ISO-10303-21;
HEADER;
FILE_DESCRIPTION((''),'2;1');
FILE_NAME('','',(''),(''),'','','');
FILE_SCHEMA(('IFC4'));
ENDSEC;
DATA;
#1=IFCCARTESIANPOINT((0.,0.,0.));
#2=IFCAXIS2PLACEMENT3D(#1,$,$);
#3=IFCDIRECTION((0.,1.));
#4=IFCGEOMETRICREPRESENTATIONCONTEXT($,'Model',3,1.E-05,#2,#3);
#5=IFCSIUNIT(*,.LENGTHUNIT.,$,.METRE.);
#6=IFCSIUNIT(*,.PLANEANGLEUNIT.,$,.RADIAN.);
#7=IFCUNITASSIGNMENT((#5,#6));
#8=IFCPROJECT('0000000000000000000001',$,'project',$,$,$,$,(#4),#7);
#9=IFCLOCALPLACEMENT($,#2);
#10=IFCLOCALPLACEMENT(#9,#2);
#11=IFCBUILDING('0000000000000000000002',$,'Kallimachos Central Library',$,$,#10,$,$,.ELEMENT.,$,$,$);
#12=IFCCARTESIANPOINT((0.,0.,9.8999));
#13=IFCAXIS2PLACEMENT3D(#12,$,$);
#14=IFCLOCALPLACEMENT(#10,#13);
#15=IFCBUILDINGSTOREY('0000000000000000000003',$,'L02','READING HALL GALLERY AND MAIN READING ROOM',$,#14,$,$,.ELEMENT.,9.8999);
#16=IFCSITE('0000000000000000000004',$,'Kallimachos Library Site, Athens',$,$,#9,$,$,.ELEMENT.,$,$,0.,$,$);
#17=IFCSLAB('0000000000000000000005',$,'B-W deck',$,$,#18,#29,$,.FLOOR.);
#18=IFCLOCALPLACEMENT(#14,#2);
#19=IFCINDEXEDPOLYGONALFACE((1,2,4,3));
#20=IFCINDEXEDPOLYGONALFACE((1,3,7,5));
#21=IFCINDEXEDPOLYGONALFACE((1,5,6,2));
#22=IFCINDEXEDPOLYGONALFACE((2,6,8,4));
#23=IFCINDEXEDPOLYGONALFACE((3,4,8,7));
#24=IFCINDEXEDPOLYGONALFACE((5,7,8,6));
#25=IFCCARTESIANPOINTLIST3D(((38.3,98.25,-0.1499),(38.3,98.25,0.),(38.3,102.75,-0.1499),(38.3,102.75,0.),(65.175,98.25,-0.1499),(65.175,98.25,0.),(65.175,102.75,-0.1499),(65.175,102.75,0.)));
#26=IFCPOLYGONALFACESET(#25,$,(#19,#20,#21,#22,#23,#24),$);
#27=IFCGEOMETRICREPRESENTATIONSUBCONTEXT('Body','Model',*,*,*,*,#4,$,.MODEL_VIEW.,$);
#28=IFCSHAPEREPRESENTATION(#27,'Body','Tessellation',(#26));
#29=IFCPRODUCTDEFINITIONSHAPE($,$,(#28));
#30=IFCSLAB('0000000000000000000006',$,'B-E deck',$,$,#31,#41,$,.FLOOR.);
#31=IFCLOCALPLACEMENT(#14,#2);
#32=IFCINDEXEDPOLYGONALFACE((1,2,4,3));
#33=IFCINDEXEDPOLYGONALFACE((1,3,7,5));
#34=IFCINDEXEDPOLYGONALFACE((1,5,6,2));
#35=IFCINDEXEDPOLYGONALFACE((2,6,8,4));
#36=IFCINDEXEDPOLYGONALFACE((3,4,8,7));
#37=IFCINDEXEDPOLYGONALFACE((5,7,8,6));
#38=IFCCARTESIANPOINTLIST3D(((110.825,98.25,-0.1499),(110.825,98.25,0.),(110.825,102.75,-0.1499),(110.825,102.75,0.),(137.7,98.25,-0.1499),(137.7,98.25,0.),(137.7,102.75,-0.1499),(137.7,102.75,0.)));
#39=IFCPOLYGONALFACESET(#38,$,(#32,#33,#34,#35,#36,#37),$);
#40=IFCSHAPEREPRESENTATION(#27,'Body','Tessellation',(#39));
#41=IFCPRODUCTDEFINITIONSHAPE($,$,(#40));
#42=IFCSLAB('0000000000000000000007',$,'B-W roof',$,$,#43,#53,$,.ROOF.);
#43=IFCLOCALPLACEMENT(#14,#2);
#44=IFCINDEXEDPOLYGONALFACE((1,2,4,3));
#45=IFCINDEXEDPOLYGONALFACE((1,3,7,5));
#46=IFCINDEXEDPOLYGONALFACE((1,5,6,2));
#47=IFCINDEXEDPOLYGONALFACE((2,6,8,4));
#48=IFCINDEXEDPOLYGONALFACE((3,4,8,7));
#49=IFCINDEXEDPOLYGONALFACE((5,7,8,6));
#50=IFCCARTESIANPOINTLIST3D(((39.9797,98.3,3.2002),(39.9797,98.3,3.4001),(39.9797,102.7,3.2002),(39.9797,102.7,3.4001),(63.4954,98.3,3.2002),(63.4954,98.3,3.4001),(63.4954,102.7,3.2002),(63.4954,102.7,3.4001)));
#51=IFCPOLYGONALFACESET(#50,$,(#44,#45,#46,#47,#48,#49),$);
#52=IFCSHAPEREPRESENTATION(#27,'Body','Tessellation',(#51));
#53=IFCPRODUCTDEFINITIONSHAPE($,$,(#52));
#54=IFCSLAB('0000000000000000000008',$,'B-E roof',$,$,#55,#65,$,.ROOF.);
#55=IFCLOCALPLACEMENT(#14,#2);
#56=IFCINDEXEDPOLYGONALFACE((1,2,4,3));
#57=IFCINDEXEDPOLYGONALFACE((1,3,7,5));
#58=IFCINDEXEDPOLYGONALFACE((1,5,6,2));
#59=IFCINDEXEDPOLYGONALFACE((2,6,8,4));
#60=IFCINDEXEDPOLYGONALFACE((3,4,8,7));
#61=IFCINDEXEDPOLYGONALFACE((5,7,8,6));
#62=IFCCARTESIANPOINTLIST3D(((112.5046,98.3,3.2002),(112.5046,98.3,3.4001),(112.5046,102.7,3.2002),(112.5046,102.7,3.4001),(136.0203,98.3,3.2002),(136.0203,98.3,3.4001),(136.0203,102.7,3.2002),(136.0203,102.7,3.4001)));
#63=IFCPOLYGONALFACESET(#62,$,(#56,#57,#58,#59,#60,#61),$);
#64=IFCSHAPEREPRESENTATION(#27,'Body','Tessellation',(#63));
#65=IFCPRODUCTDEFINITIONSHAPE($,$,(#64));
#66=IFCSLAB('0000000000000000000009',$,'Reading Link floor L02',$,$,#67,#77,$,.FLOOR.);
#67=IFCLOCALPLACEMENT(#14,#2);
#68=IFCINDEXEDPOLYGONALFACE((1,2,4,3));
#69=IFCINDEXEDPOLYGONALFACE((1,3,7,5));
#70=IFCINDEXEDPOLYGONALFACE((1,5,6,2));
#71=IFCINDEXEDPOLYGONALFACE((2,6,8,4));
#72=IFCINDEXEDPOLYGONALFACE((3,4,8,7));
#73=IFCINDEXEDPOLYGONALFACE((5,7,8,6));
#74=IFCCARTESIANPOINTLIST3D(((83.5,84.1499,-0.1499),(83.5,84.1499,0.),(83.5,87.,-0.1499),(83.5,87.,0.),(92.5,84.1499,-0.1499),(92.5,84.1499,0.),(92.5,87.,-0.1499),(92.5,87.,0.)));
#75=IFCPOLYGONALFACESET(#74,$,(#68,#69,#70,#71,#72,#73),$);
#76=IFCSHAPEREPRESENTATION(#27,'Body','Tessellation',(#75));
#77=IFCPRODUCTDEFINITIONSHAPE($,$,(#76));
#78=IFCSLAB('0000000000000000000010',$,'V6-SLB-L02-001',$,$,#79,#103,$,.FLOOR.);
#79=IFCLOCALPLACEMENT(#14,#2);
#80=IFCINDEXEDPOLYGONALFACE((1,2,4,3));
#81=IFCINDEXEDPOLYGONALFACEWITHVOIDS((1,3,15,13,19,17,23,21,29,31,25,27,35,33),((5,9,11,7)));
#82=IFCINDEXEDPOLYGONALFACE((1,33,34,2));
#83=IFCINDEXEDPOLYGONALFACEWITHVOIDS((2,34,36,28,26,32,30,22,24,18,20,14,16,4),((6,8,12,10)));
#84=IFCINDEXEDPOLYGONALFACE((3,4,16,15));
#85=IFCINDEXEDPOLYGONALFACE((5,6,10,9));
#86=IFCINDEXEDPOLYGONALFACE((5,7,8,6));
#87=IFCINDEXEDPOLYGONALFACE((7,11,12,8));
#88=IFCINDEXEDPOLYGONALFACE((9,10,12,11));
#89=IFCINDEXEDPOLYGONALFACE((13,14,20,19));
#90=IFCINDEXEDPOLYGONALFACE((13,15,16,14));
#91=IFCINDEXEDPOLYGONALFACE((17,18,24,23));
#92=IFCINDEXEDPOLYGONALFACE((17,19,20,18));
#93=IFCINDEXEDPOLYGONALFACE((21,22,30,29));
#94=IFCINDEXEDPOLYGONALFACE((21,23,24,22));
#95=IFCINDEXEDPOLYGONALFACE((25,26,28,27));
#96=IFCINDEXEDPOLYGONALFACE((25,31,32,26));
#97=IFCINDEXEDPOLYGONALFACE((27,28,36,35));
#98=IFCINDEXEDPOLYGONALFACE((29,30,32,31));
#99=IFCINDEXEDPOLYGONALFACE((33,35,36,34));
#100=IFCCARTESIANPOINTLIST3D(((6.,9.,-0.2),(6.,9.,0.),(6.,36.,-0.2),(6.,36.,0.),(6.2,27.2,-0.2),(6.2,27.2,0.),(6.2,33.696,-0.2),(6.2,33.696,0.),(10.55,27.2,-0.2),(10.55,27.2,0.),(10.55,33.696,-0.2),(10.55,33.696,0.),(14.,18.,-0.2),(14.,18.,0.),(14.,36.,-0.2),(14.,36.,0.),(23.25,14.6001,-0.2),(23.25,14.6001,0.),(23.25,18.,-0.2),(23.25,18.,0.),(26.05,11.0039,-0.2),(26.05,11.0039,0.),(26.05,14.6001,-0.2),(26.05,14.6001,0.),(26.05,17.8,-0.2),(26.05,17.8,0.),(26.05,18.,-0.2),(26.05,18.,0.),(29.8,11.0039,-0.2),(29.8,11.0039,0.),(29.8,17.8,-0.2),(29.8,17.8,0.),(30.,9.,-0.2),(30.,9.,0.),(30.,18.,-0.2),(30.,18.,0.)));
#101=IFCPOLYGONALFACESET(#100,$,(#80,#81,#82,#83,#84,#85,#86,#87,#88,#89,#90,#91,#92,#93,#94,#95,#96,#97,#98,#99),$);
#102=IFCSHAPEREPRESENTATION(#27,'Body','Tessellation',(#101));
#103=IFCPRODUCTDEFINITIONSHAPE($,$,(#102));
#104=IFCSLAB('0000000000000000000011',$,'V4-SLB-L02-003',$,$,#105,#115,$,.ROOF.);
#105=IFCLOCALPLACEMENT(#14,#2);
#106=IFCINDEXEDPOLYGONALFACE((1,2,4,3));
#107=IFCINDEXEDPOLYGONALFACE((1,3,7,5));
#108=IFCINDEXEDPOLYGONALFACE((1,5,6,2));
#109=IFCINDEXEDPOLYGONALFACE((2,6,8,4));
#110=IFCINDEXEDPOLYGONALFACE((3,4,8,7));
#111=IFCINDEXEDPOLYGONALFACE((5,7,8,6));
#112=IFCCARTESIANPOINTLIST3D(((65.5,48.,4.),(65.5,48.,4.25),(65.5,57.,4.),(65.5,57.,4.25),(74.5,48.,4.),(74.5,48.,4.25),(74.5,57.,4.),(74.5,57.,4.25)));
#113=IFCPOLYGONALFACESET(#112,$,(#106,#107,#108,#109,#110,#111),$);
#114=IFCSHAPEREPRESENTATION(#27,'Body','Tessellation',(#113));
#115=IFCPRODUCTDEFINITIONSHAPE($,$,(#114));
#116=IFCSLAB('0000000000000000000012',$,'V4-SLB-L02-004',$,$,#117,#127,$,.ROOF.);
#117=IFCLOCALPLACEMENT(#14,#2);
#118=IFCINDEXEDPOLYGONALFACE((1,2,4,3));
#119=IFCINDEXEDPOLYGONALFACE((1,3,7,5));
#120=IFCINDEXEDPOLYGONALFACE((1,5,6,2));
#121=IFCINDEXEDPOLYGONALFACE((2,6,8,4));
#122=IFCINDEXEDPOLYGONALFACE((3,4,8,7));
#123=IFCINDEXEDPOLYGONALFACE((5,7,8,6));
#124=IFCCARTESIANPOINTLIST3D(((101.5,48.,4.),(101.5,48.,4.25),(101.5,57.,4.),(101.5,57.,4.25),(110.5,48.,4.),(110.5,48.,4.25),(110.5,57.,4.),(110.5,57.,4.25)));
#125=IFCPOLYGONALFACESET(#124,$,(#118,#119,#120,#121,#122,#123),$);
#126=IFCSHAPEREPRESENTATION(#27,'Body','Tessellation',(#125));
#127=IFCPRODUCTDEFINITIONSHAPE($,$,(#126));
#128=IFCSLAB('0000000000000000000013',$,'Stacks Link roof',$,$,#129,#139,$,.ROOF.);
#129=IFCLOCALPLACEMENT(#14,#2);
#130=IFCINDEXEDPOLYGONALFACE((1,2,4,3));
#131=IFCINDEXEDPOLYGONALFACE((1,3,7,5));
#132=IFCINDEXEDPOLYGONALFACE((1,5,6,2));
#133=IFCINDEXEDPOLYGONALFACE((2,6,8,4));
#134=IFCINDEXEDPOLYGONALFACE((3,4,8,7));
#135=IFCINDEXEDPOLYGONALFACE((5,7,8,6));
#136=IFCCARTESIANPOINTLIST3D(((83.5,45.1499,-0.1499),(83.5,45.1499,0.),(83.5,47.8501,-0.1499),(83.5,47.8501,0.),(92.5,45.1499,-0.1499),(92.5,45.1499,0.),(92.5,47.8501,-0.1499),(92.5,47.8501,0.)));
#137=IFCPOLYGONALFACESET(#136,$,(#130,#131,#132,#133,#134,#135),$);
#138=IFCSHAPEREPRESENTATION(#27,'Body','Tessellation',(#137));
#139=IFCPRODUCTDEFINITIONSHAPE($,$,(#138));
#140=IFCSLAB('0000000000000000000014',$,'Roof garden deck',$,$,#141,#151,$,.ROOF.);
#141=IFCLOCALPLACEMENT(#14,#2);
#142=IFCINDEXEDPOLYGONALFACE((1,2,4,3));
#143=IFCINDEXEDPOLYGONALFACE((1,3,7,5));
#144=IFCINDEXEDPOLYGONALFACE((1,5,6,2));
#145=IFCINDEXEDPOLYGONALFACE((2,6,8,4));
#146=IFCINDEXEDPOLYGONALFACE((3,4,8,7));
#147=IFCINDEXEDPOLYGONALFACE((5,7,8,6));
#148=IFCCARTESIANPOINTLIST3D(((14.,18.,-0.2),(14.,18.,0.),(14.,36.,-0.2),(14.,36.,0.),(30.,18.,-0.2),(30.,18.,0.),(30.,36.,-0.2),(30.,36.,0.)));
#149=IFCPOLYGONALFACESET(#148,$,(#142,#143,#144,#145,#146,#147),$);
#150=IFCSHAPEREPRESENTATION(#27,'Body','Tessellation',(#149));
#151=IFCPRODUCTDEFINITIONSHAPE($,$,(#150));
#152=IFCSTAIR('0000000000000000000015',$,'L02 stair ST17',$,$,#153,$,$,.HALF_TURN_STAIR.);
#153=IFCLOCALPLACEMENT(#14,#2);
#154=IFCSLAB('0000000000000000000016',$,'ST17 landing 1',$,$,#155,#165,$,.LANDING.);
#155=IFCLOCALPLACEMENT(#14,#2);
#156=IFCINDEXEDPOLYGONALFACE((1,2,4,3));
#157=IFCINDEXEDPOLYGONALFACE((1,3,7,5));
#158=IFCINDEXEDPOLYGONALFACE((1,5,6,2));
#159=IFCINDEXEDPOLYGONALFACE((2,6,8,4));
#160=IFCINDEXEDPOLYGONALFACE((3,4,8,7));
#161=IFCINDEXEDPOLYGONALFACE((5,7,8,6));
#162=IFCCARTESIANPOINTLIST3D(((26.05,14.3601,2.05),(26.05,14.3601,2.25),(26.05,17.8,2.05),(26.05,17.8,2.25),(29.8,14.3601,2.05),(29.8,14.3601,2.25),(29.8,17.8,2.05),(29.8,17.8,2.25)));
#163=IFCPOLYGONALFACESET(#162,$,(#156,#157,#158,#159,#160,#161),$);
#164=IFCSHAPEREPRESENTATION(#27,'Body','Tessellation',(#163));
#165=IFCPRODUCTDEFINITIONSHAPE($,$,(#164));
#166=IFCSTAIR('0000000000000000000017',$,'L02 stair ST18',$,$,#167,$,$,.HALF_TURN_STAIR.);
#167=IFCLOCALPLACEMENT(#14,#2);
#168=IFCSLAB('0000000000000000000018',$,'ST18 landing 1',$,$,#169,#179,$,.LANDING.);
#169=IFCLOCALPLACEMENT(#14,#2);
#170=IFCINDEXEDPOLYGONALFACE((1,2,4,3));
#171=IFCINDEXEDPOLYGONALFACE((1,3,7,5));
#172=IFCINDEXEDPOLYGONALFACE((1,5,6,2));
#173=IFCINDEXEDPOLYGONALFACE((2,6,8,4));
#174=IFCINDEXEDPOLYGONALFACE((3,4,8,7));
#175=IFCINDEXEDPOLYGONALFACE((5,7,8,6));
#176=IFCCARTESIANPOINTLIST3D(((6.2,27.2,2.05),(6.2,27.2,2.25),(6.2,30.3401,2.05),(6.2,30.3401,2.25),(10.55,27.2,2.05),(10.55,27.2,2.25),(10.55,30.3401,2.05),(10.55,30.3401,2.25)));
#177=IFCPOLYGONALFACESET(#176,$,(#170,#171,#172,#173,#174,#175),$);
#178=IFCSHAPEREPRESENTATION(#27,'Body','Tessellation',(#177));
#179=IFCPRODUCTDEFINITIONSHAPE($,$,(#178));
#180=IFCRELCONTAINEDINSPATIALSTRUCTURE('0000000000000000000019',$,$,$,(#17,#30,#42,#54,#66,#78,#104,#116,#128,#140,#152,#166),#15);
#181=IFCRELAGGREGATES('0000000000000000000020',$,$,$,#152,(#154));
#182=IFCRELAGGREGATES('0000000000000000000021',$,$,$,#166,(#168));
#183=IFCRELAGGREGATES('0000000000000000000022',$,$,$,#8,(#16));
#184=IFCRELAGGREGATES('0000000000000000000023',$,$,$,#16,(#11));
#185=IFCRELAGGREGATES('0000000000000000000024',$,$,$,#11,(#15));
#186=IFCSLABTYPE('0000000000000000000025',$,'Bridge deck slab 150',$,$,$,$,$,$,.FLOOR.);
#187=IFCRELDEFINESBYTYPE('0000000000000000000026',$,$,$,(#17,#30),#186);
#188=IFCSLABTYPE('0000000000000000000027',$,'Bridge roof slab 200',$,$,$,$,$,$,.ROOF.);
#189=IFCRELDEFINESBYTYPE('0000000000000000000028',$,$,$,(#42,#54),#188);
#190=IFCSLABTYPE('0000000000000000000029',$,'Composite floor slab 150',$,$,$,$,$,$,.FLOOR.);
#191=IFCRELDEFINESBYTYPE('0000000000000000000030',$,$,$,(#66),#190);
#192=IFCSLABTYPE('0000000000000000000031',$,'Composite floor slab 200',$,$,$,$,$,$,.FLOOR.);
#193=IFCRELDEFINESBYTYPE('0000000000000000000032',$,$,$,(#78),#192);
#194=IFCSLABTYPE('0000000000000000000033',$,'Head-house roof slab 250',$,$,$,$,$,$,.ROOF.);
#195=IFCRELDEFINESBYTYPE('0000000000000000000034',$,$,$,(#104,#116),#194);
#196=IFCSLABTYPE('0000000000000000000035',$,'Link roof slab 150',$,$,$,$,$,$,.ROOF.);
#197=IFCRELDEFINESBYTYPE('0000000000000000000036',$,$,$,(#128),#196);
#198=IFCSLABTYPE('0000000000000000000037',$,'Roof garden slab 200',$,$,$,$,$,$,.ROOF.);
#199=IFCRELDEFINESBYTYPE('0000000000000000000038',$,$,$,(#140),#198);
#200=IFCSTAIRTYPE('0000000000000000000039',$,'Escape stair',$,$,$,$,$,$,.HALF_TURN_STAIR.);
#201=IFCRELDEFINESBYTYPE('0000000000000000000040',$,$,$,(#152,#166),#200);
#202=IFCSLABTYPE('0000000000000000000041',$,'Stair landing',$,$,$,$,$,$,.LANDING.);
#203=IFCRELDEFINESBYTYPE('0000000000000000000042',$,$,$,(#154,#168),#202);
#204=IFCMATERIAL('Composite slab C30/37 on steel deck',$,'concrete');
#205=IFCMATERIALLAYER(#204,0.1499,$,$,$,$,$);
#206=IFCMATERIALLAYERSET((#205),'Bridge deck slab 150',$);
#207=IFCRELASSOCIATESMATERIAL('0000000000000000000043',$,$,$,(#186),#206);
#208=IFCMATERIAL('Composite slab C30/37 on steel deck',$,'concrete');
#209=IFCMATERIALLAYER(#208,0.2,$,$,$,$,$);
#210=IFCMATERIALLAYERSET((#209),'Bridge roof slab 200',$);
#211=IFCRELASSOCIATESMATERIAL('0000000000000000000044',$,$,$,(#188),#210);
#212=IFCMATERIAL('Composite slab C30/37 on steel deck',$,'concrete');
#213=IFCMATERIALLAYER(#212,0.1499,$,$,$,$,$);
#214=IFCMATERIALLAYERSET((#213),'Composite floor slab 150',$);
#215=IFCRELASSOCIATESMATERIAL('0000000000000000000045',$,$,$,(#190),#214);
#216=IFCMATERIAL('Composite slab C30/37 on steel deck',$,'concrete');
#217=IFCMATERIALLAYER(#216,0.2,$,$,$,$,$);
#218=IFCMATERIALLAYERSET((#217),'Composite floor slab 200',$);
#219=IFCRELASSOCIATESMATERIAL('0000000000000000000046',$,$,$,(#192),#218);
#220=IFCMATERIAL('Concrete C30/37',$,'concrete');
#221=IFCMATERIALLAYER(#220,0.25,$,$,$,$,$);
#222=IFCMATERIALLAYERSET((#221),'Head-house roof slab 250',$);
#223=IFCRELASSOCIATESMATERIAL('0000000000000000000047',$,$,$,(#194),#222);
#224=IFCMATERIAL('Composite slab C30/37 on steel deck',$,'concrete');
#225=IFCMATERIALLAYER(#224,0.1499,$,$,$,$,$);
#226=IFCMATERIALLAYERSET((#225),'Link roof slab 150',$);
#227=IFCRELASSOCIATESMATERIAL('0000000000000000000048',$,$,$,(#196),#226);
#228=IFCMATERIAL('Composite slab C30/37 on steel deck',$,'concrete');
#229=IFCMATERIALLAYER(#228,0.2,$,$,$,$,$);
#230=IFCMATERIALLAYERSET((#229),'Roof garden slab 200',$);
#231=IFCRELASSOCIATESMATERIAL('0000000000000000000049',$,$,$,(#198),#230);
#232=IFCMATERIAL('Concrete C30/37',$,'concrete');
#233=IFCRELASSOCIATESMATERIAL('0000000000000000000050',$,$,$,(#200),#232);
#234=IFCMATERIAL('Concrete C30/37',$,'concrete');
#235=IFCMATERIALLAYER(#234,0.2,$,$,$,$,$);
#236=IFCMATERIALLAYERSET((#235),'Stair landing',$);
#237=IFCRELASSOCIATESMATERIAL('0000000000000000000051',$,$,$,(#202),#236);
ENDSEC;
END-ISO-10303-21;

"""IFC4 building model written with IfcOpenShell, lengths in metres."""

from ifc_helpers import new_model, si_unit, direction, frame, origin, place, context, subcontext, project, spatial, polyline, outline, extrude, material, layer, layer_set, type_object, element, aggregate, save


model = new_model("IFC4")

# Units and contexts
model_context = context("Model", 3, precision=1e-05, world=origin(), true_north=direction((0.0, 1.0)))
body_context = subcontext(model_context, "Body", "Model", "MODEL_VIEW")
ifc_project = project(units=[si_unit("LENGTHUNIT", "METRE"), si_unit("PLANEANGLEUNIT", "RADIAN")], contexts=[model_context])

# Site, building, storey
site_placement = place(None, origin())
site = spatial("IfcSite", under=ifc_project, at=site_placement, Name="Kallimachos Library Site, Athens", CompositionType="ELEMENT", RefElevation=0.0)
building_placement = place(site_placement, origin())
building = spatial("IfcBuilding", under=site, at=building_placement, Name="Kallimachos Central Library", CompositionType="ELEMENT")
storey_placement = place(building_placement, frame((0.0, 0.0, 9.8999)))
storey = spatial("IfcBuildingStorey", under=building, at=storey_placement, Name="L02", Description="READING HALL GALLERY AND MAIN READING ROOM", CompositionType="ELEMENT", Elevation=9.8999)

# Slabs
ifc_material_1 = material(Name="Composite slab C30/37 on steel deck", Category="concrete")
ifc_layer_1 = layer(ifc_material_1, 0.1499)
ifc_layer_set_1 = layer_set([ifc_layer_1], Name="Bridge deck slab 150")
slab_type_1 = type_object("IfcSlabType", Name="Bridge deck slab 150", PredefinedType="FLOOR", material=ifc_layer_set_1)
slab_1_placement = place(storey_placement, frame((0.0, 0.0, -0.1499)))
element("IfcSlab", 1, at=slab_1_placement, inside=storey, type_object=slab_type_1, Name="B-W deck", PredefinedType="FLOOR", context=body_context, shape_type="SweptSolid", body=[
    extrude(outline(polyline([(38.3, 98.25), (65.175, 98.25), (65.175, 102.75), (38.3, 102.75), (38.3, 98.25)])), origin(), (0.0, 0.0, 1.0), 0.1499),
])
slab_2_placement = place(storey_placement, frame((0.0, 0.0, -0.1499)))
element("IfcSlab", 2, at=slab_2_placement, inside=storey, type_object=slab_type_1, Name="B-E deck", PredefinedType="FLOOR", context=body_context, shape_type="SweptSolid", body=[
    extrude(outline(polyline([(110.825, 98.25), (137.7, 98.25), (137.7, 102.75), (110.825, 102.75), (110.825, 98.25)])), origin(), (0.0, 0.0, 1.0), 0.1499),
])
ifc_material_2 = material(Name="Composite slab C30/37 on steel deck", Category="concrete")
ifc_layer_2 = layer(ifc_material_2, 0.2)
ifc_layer_set_2 = layer_set([ifc_layer_2], Name="Bridge roof slab 200")
slab_type_2 = type_object("IfcSlabType", Name="Bridge roof slab 200", PredefinedType="ROOF", material=ifc_layer_set_2)
slab_3_placement = place(storey_placement, frame((0.0, 0.0, 3.2002)))
element("IfcSlab", 3, at=slab_3_placement, inside=storey, type_object=slab_type_2, Name="B-W roof", PredefinedType="ROOF", context=body_context, shape_type="SweptSolid", body=[
    extrude(outline(polyline([(39.9797, 98.3), (63.4954, 98.3), (63.4954, 102.7), (39.9797, 102.7), (39.9797, 98.3)])), origin(), (0.0, 0.0, 1.0), 0.2),
])
slab_4_placement = place(storey_placement, frame((0.0, 0.0, 3.2002)))
element("IfcSlab", 4, at=slab_4_placement, inside=storey, type_object=slab_type_2, Name="B-E roof", PredefinedType="ROOF", context=body_context, shape_type="SweptSolid", body=[
    extrude(outline(polyline([(112.5046, 98.3), (136.0203, 98.3), (136.0203, 102.7), (112.5046, 102.7), (112.5046, 98.3)])), origin(), (0.0, 0.0, 1.0), 0.2),
])
ifc_material_3 = material(Name="Composite slab C30/37 on steel deck", Category="concrete")
ifc_layer_3 = layer(ifc_material_3, 0.1499)
ifc_layer_set_3 = layer_set([ifc_layer_3], Name="Composite floor slab 150")
slab_type_3 = type_object("IfcSlabType", Name="Composite floor slab 150", PredefinedType="FLOOR", material=ifc_layer_set_3)
slab_5_placement = place(storey_placement, frame((0.0, 0.0, -0.1499)))
element("IfcSlab", 5, at=slab_5_placement, inside=storey, type_object=slab_type_3, Name="Reading Link floor L02", PredefinedType="FLOOR", context=body_context, shape_type="SweptSolid", body=[
    extrude(outline(polyline([(92.5, 84.1499), (83.5, 84.1499), (83.5, 87.0), (92.5, 87.0), (92.5, 84.1499)])), origin(), (0.0, 0.0, 1.0), 0.1499),
])
ifc_material_4 = material(Name="Composite slab C30/37 on steel deck", Category="concrete")
ifc_layer_4 = layer(ifc_material_4, 0.2)
ifc_layer_set_4 = layer_set([ifc_layer_4], Name="Composite floor slab 200")
slab_type_4 = type_object("IfcSlabType", Name="Composite floor slab 200", PredefinedType="FLOOR", material=ifc_layer_set_4)
slab_6_placement = place(storey_placement, frame((0.0, 0.0, -0.2)))
element("IfcSlab", 6, at=slab_6_placement, inside=storey, type_object=slab_type_4, Name="V6-SLB-L02-001", PredefinedType="FLOOR", context=body_context, shape_type="SweptSolid", body=[
    extrude(outline(polyline([(23.25, 18.0), (23.25, 14.6001), (26.05, 14.6001), (26.05, 11.0039), (29.8, 11.0039), (29.8, 17.8), (26.05, 17.8), (26.05, 18.0), (30.0, 18.0), (30.0, 9.0), (6.0, 9.0), (6.0, 36.0), (14.0, 36.0), (14.0, 18.0), (23.25, 18.0)]), holes=[polyline([(10.55, 33.696), (6.2, 33.696), (6.2, 27.2), (10.55, 27.2), (10.55, 33.696)])]), origin(), (0.0, 0.0, 1.0), 0.2),
])
ifc_material_5 = material(Name="Concrete C30/37", Category="concrete")
ifc_layer_5 = layer(ifc_material_5, 0.25)
ifc_layer_set_5 = layer_set([ifc_layer_5], Name="Head-house roof slab 250")
slab_type_5 = type_object("IfcSlabType", Name="Head-house roof slab 250", PredefinedType="ROOF", material=ifc_layer_set_5)
slab_7_placement = place(storey_placement, frame((0.0, 0.0, 4.0)))
element("IfcSlab", 7, at=slab_7_placement, inside=storey, type_object=slab_type_5, Name="V4-SLB-L02-003", PredefinedType="ROOF", context=body_context, shape_type="SweptSolid", body=[
    extrude(outline(polyline([(65.5, 48.0), (74.5, 48.0), (74.5, 57.0), (65.5, 57.0), (65.5, 48.0)])), origin(), (0.0, 0.0, 1.0), 0.25),
])
slab_8_placement = place(storey_placement, frame((0.0, 0.0, 4.0)))
element("IfcSlab", 8, at=slab_8_placement, inside=storey, type_object=slab_type_5, Name="V4-SLB-L02-004", PredefinedType="ROOF", context=body_context, shape_type="SweptSolid", body=[
    extrude(outline(polyline([(101.5, 48.0), (110.5, 48.0), (110.5, 57.0), (101.5, 57.0), (101.5, 48.0)])), origin(), (0.0, 0.0, 1.0), 0.25),
])
ifc_material_6 = material(Name="Composite slab C30/37 on steel deck", Category="concrete")
ifc_layer_6 = layer(ifc_material_6, 0.1499)
ifc_layer_set_6 = layer_set([ifc_layer_6], Name="Link roof slab 150")
slab_type_6 = type_object("IfcSlabType", Name="Link roof slab 150", PredefinedType="ROOF", material=ifc_layer_set_6)
slab_9_placement = place(storey_placement, frame((0.0, 0.0, -0.1499)))
element("IfcSlab", 9, at=slab_9_placement, inside=storey, type_object=slab_type_6, Name="Stacks Link roof", PredefinedType="ROOF", context=body_context, shape_type="SweptSolid", body=[
    extrude(outline(polyline([(83.5, 45.1499), (92.5, 45.1499), (92.5, 47.8501), (83.5, 47.8501), (83.5, 45.1499)])), origin(), (0.0, 0.0, 1.0), 0.1499),
])
ifc_material_7 = material(Name="Composite slab C30/37 on steel deck", Category="concrete")
ifc_layer_7 = layer(ifc_material_7, 0.2)
ifc_layer_set_7 = layer_set([ifc_layer_7], Name="Roof garden slab 200")
slab_type_7 = type_object("IfcSlabType", Name="Roof garden slab 200", PredefinedType="ROOF", material=ifc_layer_set_7)
slab_10_placement = place(storey_placement, frame((0.0, 0.0, -0.2)))
element("IfcSlab", 10, at=slab_10_placement, inside=storey, type_object=slab_type_7, Name="Roof garden deck", PredefinedType="ROOF", context=body_context, shape_type="SweptSolid", body=[
    extrude(outline(polyline([(14.0, 18.0), (30.0, 18.0), (30.0, 36.0), (14.0, 36.0), (14.0, 18.0)])), origin(), (0.0, 0.0, 1.0), 0.2),
])

# Stairs, slabs
ifc_material_8 = material(Name="Concrete C30/37", Category="concrete")
stair_type = type_object("IfcStairType", Name="Escape stair", PredefinedType="HALF_TURN_STAIR", material=ifc_material_8)
stair_1_placement = place(storey_placement, origin())
stair_1 = element("IfcStair", 11, at=stair_1_placement, inside=storey, type_object=stair_type, Name="L02 stair ST17", PredefinedType="HALF_TURN_STAIR")
ifc_material_9 = material(Name="Concrete C30/37", Category="concrete")
ifc_layer_8 = layer(ifc_material_9, 0.2)
ifc_layer_set_8 = layer_set([ifc_layer_8], Name="Stair landing")
slab_type_8 = type_object("IfcSlabType", Name="Stair landing", PredefinedType="LANDING", material=ifc_layer_set_8)
slab_11_placement = place(storey_placement, frame((0.0, 0.0, 2.05)))
slab_11 = element("IfcSlab", 12, at=slab_11_placement, type_object=slab_type_8, Name="ST17 landing 1", PredefinedType="LANDING", context=body_context, shape_type="SweptSolid", body=[
    extrude(outline(polyline([(29.8, 14.3601), (29.8, 17.8), (26.05, 17.8), (26.05, 14.3601), (29.8, 14.3601)])), origin(), (0.0, 0.0, 1.0), 0.2),
])
aggregate(stair_1, [slab_11])
stair_2_placement = place(storey_placement, origin())
stair_2 = element("IfcStair", 13, at=stair_2_placement, inside=storey, type_object=stair_type, Name="L02 stair ST18", PredefinedType="HALF_TURN_STAIR")
slab_12_placement = place(storey_placement, frame((0.0, 0.0, 2.05)))
slab_12 = element("IfcSlab", 14, at=slab_12_placement, type_object=slab_type_8, Name="ST18 landing 1", PredefinedType="LANDING", context=body_context, shape_type="SweptSolid", body=[
    extrude(outline(polyline([(6.2, 30.3401), (6.2, 27.2), (10.55, 27.2), (10.55, 30.3401), (6.2, 30.3401)])), origin(), (0.0, 0.0, 1.0), 0.2),
])
aggregate(stair_2, [slab_12])

save(model, "model.ifc")
